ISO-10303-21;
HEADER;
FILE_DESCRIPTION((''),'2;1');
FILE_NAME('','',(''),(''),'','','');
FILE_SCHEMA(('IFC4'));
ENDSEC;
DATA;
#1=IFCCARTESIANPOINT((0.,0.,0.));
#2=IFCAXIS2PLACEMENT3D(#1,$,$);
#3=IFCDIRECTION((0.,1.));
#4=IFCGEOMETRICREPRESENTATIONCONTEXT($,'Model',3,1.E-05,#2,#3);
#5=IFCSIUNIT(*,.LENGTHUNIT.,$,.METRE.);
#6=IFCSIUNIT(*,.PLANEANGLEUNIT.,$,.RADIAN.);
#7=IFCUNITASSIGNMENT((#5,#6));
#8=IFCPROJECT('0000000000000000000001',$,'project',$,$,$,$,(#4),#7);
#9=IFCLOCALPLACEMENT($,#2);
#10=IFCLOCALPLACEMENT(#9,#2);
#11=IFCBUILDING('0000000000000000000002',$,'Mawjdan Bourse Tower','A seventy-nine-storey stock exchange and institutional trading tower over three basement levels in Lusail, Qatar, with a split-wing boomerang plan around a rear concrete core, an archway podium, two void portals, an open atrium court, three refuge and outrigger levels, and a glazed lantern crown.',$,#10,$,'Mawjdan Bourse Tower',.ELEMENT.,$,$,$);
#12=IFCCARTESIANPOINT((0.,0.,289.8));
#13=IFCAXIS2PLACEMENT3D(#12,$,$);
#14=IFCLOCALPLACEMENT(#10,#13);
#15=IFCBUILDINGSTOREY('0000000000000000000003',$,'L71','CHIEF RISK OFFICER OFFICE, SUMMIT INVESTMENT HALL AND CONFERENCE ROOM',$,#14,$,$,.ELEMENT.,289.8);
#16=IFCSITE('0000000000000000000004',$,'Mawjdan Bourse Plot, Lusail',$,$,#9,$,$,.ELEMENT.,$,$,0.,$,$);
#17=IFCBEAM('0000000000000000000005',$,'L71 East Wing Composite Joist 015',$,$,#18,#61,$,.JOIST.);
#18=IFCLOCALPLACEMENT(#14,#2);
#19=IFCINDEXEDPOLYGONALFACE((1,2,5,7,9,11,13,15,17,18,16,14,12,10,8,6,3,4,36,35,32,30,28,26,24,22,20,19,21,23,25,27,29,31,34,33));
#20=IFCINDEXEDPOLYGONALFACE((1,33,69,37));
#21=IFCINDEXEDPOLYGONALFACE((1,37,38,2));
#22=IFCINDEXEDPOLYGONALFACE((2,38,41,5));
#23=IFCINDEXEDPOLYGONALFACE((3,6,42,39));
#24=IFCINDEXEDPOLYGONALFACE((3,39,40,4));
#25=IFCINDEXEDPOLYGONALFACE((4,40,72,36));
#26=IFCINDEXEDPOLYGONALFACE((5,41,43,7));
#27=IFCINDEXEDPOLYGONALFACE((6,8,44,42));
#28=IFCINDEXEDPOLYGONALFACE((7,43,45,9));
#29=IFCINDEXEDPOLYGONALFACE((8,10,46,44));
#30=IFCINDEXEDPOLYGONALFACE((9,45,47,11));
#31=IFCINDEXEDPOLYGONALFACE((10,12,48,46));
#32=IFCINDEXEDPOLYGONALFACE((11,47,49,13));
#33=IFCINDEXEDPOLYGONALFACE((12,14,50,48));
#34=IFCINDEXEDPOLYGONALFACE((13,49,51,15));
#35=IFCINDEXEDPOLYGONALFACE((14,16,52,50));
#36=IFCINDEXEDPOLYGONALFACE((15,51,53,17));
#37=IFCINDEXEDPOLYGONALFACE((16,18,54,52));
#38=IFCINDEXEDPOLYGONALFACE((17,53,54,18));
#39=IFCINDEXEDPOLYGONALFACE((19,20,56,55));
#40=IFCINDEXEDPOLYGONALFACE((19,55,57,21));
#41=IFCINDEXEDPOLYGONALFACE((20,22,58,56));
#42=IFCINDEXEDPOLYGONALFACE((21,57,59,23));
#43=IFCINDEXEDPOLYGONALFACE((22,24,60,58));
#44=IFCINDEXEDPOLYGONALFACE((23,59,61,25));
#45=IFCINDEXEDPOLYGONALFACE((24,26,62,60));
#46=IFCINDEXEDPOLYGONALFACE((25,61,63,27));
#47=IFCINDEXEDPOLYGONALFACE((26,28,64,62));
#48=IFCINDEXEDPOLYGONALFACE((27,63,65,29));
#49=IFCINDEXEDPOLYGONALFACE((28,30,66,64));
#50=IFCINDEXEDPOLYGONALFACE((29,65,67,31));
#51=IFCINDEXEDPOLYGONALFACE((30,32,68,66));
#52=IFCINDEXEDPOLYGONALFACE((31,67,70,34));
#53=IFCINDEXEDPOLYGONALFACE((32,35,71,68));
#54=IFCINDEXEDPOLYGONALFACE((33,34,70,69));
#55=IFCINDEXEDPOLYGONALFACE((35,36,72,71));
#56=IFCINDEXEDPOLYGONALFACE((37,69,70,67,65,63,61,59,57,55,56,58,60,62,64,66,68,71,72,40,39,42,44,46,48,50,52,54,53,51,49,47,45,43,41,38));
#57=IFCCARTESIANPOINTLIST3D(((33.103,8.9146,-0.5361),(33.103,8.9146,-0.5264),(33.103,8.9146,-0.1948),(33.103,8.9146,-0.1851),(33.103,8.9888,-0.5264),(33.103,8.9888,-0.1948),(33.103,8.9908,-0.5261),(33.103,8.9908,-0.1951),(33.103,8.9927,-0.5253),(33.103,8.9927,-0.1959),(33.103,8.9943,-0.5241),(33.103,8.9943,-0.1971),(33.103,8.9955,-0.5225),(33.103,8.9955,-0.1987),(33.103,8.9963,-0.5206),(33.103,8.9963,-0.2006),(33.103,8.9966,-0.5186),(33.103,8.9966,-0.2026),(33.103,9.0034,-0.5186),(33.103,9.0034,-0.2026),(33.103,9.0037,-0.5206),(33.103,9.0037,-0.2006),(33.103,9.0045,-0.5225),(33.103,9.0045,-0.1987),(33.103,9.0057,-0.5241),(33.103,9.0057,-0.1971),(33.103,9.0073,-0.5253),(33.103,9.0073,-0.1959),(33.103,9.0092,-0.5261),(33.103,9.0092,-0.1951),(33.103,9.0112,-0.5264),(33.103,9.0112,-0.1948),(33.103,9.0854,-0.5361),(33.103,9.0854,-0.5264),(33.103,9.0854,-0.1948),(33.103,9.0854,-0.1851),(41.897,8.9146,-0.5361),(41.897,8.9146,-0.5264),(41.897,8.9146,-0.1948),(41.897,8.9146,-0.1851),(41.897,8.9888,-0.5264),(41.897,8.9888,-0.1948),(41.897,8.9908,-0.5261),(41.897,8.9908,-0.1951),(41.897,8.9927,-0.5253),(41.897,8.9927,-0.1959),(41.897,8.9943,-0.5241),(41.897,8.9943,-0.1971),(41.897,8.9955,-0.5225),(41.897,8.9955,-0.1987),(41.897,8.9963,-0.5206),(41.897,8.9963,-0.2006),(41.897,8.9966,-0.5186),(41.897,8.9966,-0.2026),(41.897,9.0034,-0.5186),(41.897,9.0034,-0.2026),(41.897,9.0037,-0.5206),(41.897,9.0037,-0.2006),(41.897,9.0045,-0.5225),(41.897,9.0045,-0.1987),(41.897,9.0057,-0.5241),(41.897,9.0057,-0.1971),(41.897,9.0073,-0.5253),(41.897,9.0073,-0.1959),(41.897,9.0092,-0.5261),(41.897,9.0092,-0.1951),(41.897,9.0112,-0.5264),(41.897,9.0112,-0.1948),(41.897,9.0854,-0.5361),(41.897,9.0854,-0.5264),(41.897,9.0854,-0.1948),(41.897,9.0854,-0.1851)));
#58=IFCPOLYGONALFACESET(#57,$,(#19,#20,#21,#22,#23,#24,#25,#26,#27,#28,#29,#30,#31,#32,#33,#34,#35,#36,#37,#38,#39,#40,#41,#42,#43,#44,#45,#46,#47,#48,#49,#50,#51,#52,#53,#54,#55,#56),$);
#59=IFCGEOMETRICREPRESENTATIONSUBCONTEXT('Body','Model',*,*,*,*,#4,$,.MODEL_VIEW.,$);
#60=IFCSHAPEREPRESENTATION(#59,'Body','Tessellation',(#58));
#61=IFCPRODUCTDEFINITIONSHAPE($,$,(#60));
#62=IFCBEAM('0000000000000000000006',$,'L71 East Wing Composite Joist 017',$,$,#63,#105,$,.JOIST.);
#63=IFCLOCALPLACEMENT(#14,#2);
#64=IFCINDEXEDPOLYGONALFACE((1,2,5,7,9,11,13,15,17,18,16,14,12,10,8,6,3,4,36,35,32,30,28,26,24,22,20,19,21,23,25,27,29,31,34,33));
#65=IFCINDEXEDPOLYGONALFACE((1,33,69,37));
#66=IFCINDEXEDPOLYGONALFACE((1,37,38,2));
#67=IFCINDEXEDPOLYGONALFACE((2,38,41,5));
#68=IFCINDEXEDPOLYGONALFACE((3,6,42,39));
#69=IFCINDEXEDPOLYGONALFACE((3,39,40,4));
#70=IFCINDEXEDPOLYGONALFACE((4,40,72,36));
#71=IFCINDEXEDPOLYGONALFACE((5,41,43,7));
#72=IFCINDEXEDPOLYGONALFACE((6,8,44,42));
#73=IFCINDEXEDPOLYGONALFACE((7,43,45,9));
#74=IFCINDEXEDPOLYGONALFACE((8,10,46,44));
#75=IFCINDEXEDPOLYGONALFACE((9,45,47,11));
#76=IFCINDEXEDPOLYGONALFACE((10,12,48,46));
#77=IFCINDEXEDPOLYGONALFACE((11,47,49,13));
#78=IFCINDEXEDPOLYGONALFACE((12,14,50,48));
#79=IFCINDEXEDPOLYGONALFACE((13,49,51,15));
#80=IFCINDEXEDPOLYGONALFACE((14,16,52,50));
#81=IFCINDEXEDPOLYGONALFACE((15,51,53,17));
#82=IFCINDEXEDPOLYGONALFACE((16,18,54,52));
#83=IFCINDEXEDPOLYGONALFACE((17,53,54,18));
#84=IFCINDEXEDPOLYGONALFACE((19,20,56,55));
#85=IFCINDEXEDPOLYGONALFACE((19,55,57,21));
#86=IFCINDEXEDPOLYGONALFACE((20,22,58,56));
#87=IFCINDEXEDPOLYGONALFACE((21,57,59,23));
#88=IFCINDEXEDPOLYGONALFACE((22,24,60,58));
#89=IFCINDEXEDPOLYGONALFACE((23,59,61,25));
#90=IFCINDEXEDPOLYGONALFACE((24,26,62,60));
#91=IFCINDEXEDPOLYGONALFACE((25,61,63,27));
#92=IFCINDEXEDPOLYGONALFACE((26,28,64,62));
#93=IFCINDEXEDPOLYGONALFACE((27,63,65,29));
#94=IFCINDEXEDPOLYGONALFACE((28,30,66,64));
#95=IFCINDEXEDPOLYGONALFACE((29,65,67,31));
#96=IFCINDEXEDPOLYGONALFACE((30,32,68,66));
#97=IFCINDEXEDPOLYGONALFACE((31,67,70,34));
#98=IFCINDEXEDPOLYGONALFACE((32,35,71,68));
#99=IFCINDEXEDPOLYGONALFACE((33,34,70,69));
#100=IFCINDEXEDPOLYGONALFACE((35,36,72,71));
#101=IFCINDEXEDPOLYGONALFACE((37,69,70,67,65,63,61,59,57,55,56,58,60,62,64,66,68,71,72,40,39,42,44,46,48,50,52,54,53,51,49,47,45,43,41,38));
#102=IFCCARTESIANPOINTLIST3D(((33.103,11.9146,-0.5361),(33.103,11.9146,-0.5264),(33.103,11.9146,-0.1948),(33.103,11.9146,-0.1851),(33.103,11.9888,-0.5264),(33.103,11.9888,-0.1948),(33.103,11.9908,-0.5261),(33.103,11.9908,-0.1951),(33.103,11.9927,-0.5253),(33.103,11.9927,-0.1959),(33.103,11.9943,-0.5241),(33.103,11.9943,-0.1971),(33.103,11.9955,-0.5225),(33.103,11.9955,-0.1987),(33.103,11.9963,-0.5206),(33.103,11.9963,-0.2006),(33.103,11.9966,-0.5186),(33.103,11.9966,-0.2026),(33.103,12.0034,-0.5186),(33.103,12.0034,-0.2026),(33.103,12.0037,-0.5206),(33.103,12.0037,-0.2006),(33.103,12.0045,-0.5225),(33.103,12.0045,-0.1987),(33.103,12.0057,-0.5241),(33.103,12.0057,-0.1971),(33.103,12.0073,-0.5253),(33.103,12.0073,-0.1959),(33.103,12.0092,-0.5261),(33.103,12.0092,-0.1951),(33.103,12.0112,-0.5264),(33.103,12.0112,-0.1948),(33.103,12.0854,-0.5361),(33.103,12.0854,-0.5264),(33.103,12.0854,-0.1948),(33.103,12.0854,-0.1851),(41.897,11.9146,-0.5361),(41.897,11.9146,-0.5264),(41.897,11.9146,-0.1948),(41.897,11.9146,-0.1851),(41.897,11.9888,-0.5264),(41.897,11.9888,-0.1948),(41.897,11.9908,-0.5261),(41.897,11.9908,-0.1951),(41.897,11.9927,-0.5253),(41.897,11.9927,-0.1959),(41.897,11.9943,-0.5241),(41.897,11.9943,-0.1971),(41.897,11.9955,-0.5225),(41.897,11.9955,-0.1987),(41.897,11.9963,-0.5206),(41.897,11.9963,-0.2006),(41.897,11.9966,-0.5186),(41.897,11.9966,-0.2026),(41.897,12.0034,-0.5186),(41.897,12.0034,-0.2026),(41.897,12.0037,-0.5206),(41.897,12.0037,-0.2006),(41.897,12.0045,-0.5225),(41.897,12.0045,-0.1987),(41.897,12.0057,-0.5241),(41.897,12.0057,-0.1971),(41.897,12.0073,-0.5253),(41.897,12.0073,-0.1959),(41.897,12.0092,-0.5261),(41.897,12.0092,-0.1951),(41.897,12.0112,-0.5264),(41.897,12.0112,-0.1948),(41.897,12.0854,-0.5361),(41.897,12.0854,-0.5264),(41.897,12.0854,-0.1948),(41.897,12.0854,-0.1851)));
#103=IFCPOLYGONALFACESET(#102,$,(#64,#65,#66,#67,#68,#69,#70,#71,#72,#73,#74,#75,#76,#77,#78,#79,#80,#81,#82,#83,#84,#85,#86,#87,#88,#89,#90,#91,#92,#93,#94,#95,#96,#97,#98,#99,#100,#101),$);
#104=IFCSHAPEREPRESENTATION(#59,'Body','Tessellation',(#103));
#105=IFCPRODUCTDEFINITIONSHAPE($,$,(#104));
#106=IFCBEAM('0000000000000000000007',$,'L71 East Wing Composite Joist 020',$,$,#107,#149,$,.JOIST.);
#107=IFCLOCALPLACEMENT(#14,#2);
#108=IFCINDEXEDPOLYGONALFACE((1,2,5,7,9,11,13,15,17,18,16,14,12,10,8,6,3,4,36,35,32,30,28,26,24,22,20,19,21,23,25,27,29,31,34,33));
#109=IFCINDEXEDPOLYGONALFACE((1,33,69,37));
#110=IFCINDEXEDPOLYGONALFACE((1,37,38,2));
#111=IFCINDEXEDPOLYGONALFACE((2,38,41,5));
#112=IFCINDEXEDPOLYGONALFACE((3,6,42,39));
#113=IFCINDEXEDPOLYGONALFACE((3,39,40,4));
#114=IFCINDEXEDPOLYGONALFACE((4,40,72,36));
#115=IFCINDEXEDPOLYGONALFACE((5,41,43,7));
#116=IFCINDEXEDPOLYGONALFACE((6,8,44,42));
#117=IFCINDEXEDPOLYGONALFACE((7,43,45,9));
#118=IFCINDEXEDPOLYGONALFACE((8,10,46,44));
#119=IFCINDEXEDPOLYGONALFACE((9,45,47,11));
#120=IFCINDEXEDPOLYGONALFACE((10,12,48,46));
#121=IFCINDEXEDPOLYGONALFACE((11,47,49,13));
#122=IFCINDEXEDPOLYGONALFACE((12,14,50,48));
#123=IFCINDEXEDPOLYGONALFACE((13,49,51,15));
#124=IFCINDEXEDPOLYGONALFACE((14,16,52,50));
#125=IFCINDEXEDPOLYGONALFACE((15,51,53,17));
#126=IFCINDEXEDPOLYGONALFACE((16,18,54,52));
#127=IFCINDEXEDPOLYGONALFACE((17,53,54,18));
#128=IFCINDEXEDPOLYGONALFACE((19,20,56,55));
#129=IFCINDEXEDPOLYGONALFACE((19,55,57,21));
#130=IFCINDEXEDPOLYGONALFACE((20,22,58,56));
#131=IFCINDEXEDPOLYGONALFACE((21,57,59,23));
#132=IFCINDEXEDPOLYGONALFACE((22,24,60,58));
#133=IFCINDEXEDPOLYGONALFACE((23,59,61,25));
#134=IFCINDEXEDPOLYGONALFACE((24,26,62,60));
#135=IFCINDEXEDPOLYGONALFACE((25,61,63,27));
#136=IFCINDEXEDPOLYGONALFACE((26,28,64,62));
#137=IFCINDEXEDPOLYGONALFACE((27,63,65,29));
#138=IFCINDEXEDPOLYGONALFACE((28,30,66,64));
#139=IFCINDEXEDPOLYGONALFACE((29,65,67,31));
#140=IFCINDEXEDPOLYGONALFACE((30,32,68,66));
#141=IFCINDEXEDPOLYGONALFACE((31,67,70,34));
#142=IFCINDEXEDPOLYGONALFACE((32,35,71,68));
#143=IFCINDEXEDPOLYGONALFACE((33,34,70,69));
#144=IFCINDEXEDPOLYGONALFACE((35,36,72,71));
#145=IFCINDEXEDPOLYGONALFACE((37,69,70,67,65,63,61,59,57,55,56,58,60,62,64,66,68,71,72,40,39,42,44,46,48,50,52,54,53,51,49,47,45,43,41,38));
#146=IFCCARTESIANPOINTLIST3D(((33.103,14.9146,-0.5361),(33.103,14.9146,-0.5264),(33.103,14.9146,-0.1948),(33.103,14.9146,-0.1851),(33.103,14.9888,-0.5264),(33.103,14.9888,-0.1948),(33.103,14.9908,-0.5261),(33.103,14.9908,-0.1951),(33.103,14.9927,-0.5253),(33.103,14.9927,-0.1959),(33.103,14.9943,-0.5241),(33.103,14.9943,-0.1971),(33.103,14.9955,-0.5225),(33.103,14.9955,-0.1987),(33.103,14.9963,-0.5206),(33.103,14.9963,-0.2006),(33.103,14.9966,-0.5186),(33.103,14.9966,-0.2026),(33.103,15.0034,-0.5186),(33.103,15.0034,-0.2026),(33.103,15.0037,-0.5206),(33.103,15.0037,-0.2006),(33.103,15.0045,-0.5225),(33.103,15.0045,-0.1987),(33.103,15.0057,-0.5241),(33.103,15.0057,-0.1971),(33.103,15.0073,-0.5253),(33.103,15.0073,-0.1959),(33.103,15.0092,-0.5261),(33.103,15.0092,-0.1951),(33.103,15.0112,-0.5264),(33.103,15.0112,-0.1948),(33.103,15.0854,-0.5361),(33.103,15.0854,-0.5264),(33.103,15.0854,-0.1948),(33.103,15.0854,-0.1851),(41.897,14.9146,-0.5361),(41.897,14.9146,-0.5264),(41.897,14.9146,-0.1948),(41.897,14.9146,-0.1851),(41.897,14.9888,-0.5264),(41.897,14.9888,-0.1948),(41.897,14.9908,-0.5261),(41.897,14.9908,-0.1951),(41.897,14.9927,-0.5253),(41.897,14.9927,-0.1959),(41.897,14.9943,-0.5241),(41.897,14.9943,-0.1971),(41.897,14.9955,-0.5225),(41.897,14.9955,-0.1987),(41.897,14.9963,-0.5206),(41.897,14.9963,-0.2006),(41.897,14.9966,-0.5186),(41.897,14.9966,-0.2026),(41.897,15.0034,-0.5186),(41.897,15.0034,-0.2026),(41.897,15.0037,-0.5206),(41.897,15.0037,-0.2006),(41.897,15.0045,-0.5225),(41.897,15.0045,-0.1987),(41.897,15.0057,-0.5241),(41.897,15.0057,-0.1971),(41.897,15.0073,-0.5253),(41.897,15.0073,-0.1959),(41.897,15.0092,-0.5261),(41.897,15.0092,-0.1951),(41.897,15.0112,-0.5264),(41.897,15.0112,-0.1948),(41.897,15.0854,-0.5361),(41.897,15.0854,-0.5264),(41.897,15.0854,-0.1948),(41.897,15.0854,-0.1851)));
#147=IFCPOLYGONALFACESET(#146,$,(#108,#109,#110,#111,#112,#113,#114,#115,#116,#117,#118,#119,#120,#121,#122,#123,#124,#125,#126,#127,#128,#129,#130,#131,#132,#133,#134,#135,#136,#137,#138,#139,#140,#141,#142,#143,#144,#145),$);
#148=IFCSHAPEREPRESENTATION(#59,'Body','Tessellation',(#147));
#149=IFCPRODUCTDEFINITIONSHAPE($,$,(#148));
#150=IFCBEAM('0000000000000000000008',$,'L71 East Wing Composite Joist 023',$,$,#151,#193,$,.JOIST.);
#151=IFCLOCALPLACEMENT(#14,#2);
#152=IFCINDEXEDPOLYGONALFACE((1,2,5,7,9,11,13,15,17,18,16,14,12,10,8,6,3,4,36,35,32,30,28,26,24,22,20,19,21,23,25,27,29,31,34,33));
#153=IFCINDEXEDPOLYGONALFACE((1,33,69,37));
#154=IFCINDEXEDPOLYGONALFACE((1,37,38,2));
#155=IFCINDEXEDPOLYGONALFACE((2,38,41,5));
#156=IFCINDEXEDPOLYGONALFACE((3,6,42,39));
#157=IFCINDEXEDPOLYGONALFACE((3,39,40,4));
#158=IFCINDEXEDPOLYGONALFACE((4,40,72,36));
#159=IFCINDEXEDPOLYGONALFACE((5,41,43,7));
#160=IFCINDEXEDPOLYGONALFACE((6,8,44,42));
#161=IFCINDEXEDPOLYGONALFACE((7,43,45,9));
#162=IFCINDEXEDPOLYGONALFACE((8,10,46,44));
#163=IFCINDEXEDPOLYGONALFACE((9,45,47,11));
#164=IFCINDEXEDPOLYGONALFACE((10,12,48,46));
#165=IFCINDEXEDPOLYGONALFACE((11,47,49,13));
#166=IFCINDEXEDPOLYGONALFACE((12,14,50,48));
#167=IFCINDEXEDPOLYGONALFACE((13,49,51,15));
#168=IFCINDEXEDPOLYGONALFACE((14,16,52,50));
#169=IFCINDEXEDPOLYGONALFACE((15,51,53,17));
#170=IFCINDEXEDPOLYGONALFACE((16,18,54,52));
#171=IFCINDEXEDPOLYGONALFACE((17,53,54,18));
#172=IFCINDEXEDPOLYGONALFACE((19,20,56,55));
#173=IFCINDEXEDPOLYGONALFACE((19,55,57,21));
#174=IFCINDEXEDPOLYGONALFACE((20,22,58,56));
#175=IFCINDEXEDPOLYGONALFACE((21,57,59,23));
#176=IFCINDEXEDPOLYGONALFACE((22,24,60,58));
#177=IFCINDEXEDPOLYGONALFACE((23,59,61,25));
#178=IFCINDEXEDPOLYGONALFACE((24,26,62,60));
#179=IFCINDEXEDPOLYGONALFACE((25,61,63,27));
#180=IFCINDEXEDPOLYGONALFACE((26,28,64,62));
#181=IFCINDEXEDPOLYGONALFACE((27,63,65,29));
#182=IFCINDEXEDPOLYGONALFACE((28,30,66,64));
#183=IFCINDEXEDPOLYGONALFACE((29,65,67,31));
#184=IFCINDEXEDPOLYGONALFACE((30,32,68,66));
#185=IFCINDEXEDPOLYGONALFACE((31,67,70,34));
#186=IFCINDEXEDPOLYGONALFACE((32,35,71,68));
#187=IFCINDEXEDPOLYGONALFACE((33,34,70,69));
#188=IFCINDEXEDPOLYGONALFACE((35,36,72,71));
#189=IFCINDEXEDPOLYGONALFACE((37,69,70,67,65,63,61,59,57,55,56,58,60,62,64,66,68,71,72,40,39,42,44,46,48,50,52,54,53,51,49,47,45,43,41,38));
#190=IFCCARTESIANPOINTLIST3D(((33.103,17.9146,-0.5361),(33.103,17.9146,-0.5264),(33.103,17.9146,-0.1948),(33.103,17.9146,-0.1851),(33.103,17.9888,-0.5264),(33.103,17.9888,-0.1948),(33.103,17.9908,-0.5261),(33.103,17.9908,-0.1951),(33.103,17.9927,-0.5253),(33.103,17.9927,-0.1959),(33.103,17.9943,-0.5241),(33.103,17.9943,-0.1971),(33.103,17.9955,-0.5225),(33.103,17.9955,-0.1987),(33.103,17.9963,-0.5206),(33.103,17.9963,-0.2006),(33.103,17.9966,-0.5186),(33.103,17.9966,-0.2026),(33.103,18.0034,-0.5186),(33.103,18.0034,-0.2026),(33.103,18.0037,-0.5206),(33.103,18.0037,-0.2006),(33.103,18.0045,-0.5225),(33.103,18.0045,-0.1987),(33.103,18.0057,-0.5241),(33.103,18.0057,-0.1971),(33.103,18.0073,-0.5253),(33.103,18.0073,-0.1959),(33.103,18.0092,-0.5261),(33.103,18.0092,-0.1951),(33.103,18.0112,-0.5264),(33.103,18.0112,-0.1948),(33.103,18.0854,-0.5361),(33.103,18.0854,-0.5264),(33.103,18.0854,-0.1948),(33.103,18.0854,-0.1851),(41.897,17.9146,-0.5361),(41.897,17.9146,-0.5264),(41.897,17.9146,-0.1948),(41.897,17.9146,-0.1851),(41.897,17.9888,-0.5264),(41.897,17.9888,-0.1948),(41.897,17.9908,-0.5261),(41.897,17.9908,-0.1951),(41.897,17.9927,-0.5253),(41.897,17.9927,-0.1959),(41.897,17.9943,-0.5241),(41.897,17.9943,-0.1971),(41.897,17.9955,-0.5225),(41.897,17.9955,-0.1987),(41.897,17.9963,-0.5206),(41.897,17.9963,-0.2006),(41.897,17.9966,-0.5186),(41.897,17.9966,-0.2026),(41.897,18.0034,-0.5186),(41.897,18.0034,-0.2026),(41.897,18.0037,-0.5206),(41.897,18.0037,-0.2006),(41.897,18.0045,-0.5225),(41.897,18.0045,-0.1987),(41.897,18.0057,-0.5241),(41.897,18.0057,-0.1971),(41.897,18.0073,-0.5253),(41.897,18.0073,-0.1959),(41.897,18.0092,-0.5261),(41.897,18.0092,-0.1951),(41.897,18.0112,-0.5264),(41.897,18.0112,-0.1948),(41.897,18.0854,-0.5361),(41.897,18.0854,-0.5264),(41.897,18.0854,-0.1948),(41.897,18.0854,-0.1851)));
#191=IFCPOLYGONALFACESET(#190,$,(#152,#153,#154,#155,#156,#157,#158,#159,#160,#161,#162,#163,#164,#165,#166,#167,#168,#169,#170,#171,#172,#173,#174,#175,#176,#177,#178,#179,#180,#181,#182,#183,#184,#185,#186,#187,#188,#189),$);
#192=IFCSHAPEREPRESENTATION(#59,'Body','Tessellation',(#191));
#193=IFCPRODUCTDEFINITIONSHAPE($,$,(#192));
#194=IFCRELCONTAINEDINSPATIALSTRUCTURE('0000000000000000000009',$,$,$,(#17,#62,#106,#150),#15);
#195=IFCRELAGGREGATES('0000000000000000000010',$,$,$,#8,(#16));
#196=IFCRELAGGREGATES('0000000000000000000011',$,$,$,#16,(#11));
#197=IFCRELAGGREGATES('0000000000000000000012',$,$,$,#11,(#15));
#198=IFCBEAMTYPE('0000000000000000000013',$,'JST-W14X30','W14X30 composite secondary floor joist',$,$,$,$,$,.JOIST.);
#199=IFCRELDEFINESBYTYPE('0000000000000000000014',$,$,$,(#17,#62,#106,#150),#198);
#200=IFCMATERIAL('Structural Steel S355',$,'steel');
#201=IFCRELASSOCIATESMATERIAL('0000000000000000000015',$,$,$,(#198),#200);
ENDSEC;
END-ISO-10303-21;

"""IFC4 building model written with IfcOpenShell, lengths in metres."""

from ifc_helpers import new_model, si_unit, direction, frame, origin, origin_2d, place, context, subcontext, project, spatial, i_section, extrude, material, material_profile, profile_set, type_object, element, save


model = new_model("IFC4")

# Units and contexts
model_context = context("Model", 3, precision=1e-05, world=origin(), true_north=direction((0.0, 1.0)))
body_context = subcontext(model_context, "Body", "Model", "MODEL_VIEW")
ifc_project = project(units=[si_unit("LENGTHUNIT", "METRE"), si_unit("PLANEANGLEUNIT", "RADIAN")], contexts=[model_context])

# Site, building, storey
site_placement = place(None, origin())
site = spatial("IfcSite", under=ifc_project, at=site_placement, Name="Mawjdan Bourse Plot, Lusail", CompositionType="ELEMENT", RefElevation=0.0)
building_placement = place(site_placement, origin())
building = spatial("IfcBuilding", under=site, at=building_placement, Name="Mawjdan Bourse Tower", Description="A seventy-nine-storey stock exchange and institutional trading tower over three basement levels in Lusail, Qatar, with a split-wing boomerang plan around a rear concrete core, an archway podium, two void portals, an open atrium court, three refuge and outrigger levels, and a glazed lantern crown.", LongName="Mawjdan Bourse Tower", CompositionType="ELEMENT")
storey_placement = place(building_placement, frame((0.0, 0.0, 289.8)))
storey = spatial("IfcBuildingStorey", under=building, at=storey_placement, Name="L71", Description="CHIEF RISK OFFICER OFFICE, SUMMIT INVESTMENT HALL AND CONFERENCE ROOM", CompositionType="ELEMENT", Elevation=289.8)

# Beams
ifc_material_1 = material(Name="Structural Steel S355", Category="steel")
ifc_material_profile_1 = material_profile(ifc_material_1, i_section(OverallWidth=0.1709, OverallDepth=0.3511, WebThickness=0.0068, FlangeThickness=0.0098, FilletRadius=0.0078, at=origin_2d()), Name="W14X30")
ifc_profile_set_1 = profile_set([ifc_material_profile_1], Name="Structural Steel S355")
beam_type_1 = type_object("IfcBeamType", Name="JST-W14X30", Description="W14X30 composite secondary floor joist", PredefinedType="JOIST", material=ifc_profile_set_1)
for number, where, z_axis, x_axis, name in (
    (1, (33.103, 9.0, -0.3606), (1.0, 0.0, 0.0), (0.0, 1.0, 0.0), "L71 East Wing Composite Joist 015"),
    (2, (33.103, 12.0, -0.3606), (1.0, 0.0, 0.0), (0.0, 1.0, 0.0), "L71 East Wing Composite Joist 017"),
    (3, (33.103, 15.0, -0.3606), (1.0, 0.0, 0.0), (0.0, 1.0, 0.0), "L71 East Wing Composite Joist 020"),
    (4, (33.103, 18.0, -0.3606), (1.0, 0.0, 0.0), (0.0, 1.0, 0.0), "L71 East Wing Composite Joist 023"),
):
    element("IfcBeam", number, at=place(storey_placement, frame(where, z_axis=z_axis, x_axis=x_axis)), inside=storey, type_object=beam_type_1, Name=name, PredefinedType="JOIST", context=body_context, shape_type="SweptSolid", body=[
        extrude(i_section(OverallWidth=0.1709, OverallDepth=0.3511, WebThickness=0.0068, FlangeThickness=0.0098, FilletRadius=0.0078, at=origin_2d()), origin(), (0.0, 0.0, 1.0), 8.7939),
    ])

save(model, "model.ifc")
